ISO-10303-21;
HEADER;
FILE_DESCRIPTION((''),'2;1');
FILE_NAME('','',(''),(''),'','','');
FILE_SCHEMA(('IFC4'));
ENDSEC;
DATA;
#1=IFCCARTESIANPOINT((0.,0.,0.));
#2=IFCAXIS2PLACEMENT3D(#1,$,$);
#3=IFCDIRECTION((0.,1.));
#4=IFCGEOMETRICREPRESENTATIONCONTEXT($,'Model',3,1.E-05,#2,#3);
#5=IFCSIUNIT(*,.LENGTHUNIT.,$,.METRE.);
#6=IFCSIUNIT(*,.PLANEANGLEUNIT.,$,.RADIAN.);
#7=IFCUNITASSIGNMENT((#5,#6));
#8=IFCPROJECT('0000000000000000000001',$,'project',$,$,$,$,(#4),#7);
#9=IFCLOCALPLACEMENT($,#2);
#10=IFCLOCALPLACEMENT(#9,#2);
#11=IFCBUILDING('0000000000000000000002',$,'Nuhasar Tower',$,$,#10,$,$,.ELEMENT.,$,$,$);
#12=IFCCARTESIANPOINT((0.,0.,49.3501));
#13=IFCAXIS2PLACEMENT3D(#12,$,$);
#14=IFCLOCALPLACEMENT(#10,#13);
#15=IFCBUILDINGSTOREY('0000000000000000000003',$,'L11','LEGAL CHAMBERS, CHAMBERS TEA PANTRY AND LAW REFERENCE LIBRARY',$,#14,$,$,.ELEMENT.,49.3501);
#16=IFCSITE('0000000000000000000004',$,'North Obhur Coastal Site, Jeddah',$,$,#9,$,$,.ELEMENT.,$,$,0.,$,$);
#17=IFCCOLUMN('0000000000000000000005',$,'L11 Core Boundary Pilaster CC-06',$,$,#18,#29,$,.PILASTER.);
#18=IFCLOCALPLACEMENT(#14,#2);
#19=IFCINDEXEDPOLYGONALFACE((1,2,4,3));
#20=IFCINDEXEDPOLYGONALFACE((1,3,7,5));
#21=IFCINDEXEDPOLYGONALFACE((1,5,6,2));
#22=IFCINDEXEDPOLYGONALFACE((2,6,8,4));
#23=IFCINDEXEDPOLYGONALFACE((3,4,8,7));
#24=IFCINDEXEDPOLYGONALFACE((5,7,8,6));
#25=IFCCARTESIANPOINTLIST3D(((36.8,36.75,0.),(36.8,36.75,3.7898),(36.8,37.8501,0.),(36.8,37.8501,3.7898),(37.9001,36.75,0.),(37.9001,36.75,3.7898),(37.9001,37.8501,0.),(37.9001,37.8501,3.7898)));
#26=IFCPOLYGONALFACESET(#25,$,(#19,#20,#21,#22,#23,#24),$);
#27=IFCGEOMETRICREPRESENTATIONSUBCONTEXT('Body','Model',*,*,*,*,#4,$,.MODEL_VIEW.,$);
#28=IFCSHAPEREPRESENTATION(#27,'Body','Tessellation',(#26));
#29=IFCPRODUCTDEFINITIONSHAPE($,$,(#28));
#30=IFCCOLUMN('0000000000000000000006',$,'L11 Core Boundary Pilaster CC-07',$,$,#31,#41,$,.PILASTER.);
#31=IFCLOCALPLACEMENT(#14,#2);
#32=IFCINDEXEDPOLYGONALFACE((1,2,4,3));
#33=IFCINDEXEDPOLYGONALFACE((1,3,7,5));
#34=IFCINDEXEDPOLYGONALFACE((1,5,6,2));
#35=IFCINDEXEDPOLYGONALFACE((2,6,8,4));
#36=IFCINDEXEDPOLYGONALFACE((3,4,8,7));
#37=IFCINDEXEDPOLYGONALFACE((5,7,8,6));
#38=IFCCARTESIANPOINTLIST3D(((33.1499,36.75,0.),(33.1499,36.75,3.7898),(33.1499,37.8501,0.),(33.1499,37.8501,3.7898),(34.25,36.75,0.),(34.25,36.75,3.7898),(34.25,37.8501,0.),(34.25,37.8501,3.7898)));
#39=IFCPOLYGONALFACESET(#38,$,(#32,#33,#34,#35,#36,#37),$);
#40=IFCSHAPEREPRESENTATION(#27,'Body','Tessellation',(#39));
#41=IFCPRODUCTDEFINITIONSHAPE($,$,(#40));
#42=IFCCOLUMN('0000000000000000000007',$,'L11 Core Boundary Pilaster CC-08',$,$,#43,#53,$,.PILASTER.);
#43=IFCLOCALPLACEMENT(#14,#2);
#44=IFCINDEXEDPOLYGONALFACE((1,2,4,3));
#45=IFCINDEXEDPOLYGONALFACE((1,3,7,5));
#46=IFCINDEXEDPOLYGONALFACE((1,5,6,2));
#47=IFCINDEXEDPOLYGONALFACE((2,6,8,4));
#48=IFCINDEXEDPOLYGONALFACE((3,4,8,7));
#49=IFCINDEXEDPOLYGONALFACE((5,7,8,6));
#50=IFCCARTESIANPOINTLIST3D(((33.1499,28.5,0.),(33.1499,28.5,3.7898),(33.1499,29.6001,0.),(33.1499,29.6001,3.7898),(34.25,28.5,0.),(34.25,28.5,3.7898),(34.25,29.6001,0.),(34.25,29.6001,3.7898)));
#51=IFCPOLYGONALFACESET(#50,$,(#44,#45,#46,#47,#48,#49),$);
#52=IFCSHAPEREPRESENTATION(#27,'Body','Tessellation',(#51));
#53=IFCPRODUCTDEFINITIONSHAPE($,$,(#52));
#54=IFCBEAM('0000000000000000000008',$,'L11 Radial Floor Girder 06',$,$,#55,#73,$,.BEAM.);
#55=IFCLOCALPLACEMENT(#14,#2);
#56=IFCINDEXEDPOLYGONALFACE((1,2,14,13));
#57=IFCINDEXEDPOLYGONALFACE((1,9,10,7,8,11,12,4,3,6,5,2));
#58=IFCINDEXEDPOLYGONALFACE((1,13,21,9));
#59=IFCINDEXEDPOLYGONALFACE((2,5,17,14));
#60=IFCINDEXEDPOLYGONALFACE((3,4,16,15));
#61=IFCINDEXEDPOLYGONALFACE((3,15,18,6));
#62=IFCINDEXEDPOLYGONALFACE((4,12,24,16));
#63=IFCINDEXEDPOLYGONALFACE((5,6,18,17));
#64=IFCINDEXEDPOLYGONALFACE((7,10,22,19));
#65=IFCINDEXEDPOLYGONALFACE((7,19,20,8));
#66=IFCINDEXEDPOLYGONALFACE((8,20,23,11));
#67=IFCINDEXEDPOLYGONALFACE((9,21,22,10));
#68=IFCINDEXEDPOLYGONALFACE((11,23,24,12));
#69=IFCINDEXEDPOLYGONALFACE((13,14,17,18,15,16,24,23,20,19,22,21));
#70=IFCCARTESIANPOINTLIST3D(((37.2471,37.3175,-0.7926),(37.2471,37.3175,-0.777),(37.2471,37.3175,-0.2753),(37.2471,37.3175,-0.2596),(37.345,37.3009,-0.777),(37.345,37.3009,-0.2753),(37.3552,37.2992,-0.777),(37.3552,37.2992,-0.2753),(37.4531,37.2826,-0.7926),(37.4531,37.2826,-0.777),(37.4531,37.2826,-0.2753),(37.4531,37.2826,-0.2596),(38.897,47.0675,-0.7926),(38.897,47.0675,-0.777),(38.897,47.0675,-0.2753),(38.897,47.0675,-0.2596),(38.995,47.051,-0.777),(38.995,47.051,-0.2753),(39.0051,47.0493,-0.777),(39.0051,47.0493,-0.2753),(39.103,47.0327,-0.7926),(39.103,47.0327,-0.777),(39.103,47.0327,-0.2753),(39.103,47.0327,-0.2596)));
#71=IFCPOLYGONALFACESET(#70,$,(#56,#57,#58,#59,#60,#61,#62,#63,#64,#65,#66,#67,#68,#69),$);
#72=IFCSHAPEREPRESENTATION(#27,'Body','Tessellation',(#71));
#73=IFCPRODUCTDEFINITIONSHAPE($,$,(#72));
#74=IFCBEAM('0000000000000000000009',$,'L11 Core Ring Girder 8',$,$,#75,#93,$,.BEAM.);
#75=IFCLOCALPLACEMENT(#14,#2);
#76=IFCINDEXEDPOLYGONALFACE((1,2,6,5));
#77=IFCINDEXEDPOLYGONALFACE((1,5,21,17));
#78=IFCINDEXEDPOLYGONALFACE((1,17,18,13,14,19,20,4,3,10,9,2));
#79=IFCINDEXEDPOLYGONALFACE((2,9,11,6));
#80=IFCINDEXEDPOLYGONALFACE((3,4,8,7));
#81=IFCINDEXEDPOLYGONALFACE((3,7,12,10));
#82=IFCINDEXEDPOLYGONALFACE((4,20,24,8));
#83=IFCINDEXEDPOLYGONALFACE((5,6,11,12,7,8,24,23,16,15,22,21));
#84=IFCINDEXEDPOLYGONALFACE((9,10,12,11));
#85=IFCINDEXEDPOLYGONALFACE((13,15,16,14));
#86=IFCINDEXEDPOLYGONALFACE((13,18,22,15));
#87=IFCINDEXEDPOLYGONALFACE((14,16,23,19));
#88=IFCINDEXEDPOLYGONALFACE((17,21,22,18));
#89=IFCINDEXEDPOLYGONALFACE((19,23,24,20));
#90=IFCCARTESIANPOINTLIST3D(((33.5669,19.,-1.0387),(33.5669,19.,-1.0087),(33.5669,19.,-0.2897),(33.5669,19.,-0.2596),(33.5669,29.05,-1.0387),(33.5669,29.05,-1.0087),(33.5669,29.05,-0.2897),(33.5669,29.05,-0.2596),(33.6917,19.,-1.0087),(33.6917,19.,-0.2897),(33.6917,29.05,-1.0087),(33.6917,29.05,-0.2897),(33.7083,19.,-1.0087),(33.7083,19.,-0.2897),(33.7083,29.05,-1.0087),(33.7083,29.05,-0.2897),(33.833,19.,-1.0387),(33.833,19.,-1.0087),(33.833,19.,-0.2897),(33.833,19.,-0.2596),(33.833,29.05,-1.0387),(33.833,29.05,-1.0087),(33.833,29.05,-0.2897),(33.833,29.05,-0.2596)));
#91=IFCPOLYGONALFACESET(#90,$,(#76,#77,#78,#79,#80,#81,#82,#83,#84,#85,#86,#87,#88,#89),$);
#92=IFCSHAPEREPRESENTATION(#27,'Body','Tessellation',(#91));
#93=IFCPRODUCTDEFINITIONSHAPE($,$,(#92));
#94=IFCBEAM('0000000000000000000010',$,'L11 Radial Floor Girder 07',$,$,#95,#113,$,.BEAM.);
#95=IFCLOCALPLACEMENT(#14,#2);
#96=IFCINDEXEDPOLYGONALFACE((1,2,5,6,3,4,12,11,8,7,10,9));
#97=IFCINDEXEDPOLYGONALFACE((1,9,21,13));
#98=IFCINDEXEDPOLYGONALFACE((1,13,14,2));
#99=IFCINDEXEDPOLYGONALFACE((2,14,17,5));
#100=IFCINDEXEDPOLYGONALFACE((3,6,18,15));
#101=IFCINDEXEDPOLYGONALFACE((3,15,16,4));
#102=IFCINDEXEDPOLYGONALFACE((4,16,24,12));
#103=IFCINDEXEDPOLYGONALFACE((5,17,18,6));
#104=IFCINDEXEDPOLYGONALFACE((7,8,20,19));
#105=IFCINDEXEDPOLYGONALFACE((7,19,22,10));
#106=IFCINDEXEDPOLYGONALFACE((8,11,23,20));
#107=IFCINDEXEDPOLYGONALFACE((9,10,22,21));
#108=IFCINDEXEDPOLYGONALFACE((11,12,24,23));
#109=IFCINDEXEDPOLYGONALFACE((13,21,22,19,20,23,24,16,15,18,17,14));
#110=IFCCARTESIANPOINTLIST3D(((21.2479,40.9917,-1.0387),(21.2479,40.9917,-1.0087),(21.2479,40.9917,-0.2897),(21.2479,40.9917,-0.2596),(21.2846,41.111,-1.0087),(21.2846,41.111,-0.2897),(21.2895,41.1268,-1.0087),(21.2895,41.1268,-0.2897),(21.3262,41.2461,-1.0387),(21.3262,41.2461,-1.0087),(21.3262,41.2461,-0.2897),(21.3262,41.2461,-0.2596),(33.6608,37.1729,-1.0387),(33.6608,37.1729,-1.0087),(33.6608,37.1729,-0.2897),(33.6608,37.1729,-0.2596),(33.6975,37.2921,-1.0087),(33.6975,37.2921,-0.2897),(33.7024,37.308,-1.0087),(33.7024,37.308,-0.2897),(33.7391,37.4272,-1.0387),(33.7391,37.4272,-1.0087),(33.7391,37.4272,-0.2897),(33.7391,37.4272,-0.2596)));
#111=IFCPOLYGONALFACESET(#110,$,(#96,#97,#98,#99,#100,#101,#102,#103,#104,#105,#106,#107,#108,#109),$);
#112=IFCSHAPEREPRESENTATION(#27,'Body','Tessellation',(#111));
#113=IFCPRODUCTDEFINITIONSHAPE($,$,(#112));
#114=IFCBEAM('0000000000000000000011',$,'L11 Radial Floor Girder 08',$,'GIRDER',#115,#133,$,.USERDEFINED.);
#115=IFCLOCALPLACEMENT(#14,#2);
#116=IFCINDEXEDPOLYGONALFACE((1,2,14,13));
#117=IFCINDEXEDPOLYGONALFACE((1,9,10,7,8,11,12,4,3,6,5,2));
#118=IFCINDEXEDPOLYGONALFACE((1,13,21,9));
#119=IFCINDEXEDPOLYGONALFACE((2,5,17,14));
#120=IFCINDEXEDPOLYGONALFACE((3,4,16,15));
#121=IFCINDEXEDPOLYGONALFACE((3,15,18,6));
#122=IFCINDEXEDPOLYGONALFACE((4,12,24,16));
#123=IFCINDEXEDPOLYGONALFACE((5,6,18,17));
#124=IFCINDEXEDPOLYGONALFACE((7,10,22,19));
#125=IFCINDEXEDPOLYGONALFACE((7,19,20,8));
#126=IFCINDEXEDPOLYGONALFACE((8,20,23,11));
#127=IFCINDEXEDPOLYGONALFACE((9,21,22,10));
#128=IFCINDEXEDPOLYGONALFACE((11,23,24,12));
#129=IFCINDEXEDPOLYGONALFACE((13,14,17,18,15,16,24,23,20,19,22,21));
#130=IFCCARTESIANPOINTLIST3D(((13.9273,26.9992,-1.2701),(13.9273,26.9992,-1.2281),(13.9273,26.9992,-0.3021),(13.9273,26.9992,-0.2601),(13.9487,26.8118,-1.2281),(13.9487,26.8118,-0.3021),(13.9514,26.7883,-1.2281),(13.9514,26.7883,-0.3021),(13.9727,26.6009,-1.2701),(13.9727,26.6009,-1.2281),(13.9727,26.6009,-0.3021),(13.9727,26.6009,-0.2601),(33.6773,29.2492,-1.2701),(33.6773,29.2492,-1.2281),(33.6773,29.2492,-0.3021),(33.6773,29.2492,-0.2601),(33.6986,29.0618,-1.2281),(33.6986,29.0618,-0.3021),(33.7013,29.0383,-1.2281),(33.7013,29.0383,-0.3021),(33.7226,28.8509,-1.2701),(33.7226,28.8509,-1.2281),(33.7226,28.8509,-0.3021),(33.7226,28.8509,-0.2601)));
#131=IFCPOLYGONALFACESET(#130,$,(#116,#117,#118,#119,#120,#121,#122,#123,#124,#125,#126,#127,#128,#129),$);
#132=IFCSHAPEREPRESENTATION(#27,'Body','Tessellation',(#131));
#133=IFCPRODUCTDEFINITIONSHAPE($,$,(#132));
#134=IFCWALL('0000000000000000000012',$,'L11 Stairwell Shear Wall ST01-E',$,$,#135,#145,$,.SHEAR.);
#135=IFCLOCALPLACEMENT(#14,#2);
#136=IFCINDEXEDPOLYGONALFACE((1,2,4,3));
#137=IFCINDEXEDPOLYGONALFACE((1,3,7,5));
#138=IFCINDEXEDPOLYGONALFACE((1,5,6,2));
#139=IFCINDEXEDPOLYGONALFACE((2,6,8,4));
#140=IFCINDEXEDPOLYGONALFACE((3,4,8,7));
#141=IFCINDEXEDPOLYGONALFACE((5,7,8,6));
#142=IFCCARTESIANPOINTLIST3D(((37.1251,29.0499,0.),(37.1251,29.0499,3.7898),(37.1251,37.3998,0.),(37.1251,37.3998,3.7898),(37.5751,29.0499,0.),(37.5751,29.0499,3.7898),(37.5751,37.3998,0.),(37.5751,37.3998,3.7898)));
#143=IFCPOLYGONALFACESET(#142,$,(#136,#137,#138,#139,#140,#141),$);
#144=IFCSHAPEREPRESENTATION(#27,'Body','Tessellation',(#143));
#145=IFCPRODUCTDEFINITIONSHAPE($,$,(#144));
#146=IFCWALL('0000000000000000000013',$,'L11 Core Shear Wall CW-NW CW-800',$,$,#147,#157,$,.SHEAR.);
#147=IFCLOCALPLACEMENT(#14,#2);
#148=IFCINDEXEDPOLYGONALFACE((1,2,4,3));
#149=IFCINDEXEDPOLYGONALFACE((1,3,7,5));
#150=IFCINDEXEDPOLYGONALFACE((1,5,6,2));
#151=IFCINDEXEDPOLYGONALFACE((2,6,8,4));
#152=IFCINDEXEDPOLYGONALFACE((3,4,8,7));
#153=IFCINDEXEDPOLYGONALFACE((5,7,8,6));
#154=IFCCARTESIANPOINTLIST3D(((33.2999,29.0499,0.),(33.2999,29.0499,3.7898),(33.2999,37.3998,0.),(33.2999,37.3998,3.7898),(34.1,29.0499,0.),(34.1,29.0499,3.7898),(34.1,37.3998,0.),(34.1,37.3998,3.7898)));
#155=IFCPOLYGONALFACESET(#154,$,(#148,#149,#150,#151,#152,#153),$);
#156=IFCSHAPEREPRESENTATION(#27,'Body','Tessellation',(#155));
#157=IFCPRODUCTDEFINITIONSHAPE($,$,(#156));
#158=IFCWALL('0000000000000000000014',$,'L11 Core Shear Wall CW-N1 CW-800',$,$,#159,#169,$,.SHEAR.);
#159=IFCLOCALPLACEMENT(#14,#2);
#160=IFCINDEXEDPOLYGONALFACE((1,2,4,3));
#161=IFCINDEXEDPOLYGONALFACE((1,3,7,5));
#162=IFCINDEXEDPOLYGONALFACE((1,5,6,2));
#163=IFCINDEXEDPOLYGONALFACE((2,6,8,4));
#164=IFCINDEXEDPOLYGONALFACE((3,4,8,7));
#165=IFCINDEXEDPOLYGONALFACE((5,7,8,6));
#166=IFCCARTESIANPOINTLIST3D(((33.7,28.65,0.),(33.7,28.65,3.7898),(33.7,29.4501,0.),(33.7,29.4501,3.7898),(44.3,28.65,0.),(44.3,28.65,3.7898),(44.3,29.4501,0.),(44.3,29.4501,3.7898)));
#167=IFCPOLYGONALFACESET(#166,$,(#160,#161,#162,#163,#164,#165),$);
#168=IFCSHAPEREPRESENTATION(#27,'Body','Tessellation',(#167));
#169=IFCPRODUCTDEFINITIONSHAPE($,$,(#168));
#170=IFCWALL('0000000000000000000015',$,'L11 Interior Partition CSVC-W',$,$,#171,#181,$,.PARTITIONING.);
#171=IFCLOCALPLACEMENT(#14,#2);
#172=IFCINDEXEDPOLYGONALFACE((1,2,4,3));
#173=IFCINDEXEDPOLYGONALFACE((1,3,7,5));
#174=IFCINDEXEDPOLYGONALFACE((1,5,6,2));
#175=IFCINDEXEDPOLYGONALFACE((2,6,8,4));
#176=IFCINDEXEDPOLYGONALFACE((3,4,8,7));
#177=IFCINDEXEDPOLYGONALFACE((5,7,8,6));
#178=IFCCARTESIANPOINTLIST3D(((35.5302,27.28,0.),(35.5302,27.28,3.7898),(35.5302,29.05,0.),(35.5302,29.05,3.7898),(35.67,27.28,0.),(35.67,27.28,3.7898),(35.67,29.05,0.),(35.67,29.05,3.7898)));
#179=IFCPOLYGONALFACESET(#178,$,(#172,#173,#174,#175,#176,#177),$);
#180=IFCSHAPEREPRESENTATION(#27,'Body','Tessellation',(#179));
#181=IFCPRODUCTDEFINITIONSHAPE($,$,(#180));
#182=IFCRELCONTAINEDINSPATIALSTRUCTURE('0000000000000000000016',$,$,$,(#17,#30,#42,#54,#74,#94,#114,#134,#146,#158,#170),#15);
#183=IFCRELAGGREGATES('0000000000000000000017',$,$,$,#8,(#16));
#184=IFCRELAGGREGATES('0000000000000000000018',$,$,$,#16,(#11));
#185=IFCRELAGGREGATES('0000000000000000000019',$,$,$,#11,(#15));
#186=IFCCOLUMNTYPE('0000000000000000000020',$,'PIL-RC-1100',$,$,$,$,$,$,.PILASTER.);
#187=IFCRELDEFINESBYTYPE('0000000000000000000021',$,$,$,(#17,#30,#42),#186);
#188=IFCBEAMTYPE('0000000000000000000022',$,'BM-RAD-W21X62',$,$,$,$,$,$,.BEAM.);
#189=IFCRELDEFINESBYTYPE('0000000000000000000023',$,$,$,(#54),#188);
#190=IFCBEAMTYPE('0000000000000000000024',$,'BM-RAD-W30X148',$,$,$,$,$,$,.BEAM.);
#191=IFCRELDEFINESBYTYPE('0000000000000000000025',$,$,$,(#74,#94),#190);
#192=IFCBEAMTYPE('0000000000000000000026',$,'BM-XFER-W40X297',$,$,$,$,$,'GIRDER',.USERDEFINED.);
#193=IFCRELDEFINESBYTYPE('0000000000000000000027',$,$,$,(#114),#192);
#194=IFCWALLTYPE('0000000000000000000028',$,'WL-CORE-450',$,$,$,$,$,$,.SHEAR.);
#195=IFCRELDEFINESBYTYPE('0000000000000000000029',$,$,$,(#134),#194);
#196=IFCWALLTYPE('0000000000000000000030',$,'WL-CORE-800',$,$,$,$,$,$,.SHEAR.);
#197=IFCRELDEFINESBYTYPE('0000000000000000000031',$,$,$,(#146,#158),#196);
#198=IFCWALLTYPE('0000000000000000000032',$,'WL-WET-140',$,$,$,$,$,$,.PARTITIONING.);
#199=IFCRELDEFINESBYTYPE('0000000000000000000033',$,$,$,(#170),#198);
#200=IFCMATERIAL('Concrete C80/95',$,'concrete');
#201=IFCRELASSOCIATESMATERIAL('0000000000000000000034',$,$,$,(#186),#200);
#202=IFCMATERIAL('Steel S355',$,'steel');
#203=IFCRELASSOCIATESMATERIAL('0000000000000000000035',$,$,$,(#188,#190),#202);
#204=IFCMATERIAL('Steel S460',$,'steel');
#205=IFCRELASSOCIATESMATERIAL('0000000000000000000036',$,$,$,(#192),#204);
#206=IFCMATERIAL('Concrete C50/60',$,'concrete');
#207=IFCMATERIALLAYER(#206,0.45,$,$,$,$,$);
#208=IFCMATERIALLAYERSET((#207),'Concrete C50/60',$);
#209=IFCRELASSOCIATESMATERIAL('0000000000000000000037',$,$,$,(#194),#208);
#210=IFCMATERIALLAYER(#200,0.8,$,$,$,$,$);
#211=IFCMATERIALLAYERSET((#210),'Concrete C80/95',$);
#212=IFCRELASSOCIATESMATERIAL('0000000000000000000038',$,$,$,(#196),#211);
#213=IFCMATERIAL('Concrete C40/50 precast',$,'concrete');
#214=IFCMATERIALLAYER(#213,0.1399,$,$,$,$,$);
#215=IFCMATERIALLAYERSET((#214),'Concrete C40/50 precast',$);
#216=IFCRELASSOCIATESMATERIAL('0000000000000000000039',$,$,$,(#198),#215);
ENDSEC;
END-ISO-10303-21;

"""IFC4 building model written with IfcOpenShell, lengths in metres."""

from ifc_helpers import new_model, si_unit, direction, frame, frame_2d, origin, origin_2d, place, context, subcontext, project, spatial, rectangle, i_section, extrude, material, layer, layer_set, material_profile, profile_set, type_object, element, save


model = new_model("IFC4")

# Units and contexts
model_context = context("Model", 3, precision=1e-05, world=origin(), true_north=direction((0.0, 1.0)))
body_context = subcontext(model_context, "Body", "Model", "MODEL_VIEW")
ifc_project = project(units=[si_unit("LENGTHUNIT", "METRE"), si_unit("PLANEANGLEUNIT", "RADIAN")], contexts=[model_context])

# Site, building, storey
site_placement = place(None, origin())
site = spatial("IfcSite", under=ifc_project, at=site_placement, Name="North Obhur Coastal Site, Jeddah", CompositionType="ELEMENT", RefElevation=0.0)
building_placement = place(site_placement, origin())
building = spatial("IfcBuilding", under=site, at=building_placement, Name="Nuhasar Tower", CompositionType="ELEMENT")
storey_placement = place(building_placement, frame((0.0, 0.0, 49.3501)))
storey = spatial("IfcBuildingStorey", under=building, at=storey_placement, Name="L11", Description="LEGAL CHAMBERS, CHAMBERS TEA PANTRY AND LAW REFERENCE LIBRARY", CompositionType="ELEMENT", Elevation=49.3501)

# Columns
ifc_material_1 = material(Name="Concrete C80/95", Category="concrete")
ifc_material_profile_1 = material_profile(ifc_material_1, rectangle(XDim=1.1001, YDim=1.1001, at=origin_2d()), Name="RC1100X1100")
ifc_profile_set_1 = profile_set([ifc_material_profile_1], Name="Concrete C80/95")
column_type = type_object("IfcColumnType", Name="PIL-RC-1100", PredefinedType="PILASTER", material=ifc_profile_set_1)
for number, where, z_axis, x_axis, name in (
    (1, (37.3501, 37.3, 0.0), (0.0, 0.0, 1.0), (1.0, 0.0, 0.0), "L11 Core Boundary Pilaster CC-06"),
    (2, (33.7, 37.3, 0.0), (0.0, 0.0, 1.0), (1.0, 0.0, 0.0), "L11 Core Boundary Pilaster CC-07"),
    (3, (33.7, 29.05, 0.0), (0.0, 0.0, 1.0), (1.0, 0.0, 0.0), "L11 Core Boundary Pilaster CC-08"),
):
    element("IfcColumn", number, at=place(storey_placement, frame(where, z_axis=z_axis, x_axis=x_axis)), inside=storey, type_object=column_type, Name=name, PredefinedType="PILASTER", context=body_context, shape_type="SweptSolid", body=[
        extrude(rectangle(XDim=1.1001, YDim=1.1001, at=origin_2d()), origin(), (0.0, 0.0, 1.0), 3.7898),
    ])

# Beams
ifc_material_2 = material(Name="Steel S355", Category="steel")
ifc_material_profile_2 = material_profile(ifc_material_2, i_section(OverallWidth=0.209, OverallDepth=0.533, WebThickness=0.0103, FlangeThickness=0.0156, at=origin_2d()), Name="W21X62")
ifc_profile_set_2 = profile_set([ifc_material_profile_2], Name="Steel S355")
beam_type_1 = type_object("IfcBeamType", Name="BM-RAD-W21X62", PredefinedType="BEAM", material=ifc_profile_set_2)
beam_1_placement = place(storey_placement, frame((37.3501, 37.3, -0.5261), z_axis=(0.166849, 0.985983, 0.0), x_axis=(-0.985983, 0.166849, 0.0)))
element("IfcBeam", 4, at=beam_1_placement, inside=storey, type_object=beam_type_1, Name="L11 Radial Floor Girder 06", PredefinedType="BEAM", context=body_context, shape_type="SweptSolid", body=[
    extrude(i_section(OverallWidth=0.209, OverallDepth=0.533, WebThickness=0.0103, FlangeThickness=0.0156, at=origin_2d()), origin(), (0.0, 0.0, 1.0), 9.8887),
])
ifc_material_profile_3 = material_profile(ifc_material_2, i_section(OverallWidth=0.2661, OverallDepth=0.7791, WebThickness=0.0166, FlangeThickness=0.03, at=origin_2d()), Name="W30X148")
ifc_profile_set_3 = profile_set([ifc_material_profile_3], Name="Steel S355")
beam_type_2 = type_object("IfcBeamType", Name="BM-RAD-W30X148", PredefinedType="BEAM", material=ifc_profile_set_3)
beam_2_placement = place(storey_placement, frame((33.7, 29.05, -0.6492), z_axis=(0.0, -1.0, 0.0), x_axis=(1.0, 0.0, 0.0)))
element("IfcBeam", 5, at=beam_2_placement, inside=storey, type_object=beam_type_2, Name="L11 Core Ring Girder 8", PredefinedType="BEAM", context=body_context, shape_type="SweptSolid", body=[
    extrude(i_section(OverallWidth=0.2661, OverallDepth=0.7791, WebThickness=0.0166, FlangeThickness=0.03, at=origin_2d()), origin(), (0.0, 0.0, 1.0), 10.05),
])
beam_3_placement = place(storey_placement, frame((33.7, 37.3, -0.6492), z_axis=(-0.95579, 0.294052, 0.0), x_axis=(-0.294052, -0.95579, 0.0)))
element("IfcBeam", 6, at=beam_3_placement, inside=storey, type_object=beam_type_2, Name="L11 Radial Floor Girder 07", PredefinedType="BEAM", context=body_context, shape_type="SweptSolid", body=[
    extrude(i_section(OverallWidth=0.2661, OverallDepth=0.7791, WebThickness=0.0166, FlangeThickness=0.03, at=origin_2d()), origin(), (0.0, 0.0, 1.0), 12.9871),
])
ifc_material_3 = material(Name="Steel S460", Category="steel")
ifc_material_profile_4 = material_profile(ifc_material_3, i_section(OverallWidth=0.4009, OverallDepth=1.01, WebThickness=0.0237, FlangeThickness=0.042, at=origin_2d()), Name="W40X297")
ifc_profile_set_4 = profile_set([ifc_material_profile_4], Name="Steel S460")
beam_type_3 = type_object("IfcBeamType", Name="BM-XFER-W40X297", ElementType="GIRDER", PredefinedType="USERDEFINED", material=ifc_profile_set_4)
beam_4_placement = place(storey_placement, frame((33.7, 29.05, -0.7651), z_axis=(-0.993573, -0.113192, 0.0), x_axis=(0.113192, -0.993573, 0.0)))
element("IfcBeam", 7, at=beam_4_placement, inside=storey, type_object=beam_type_3, Name="L11 Radial Floor Girder 08", ObjectType="GIRDER", PredefinedType="USERDEFINED", context=body_context, shape_type="SweptSolid", body=[
    extrude(i_section(OverallWidth=0.4009, OverallDepth=1.01, WebThickness=0.0237, FlangeThickness=0.042, at=origin_2d()), origin(), (0.0, 0.0, 1.0), 19.8777),
])

# Walls
ifc_material_4 = material(Name="Concrete C50/60", Category="concrete")
ifc_layer_1 = layer(ifc_material_4, 0.45)
ifc_layer_set_1 = layer_set([ifc_layer_1], Name="Concrete C50/60")
wall_type_1 = type_object("IfcWallType", Name="WL-CORE-450", PredefinedType="SHEAR", material=ifc_layer_set_1)
wall_1_placement = place(storey_placement, frame((37.3501, 29.05, 0.0), z_axis=(0.0, 0.0, 1.0), x_axis=(0.0, 1.0, 0.0)))
element("IfcWall", 8, at=wall_1_placement, inside=storey, type_object=wall_type_1, Name="L11 Stairwell Shear Wall ST01-E", PredefinedType="SHEAR", context=body_context, shape_type="SweptSolid", body=[
    extrude(rectangle(XDim=8.3499, YDim=0.45, at=frame_2d((4.1748, 0.0))), origin(), (0.0, 0.0, 1.0), 3.7898),
])
ifc_layer_2 = layer(ifc_material_1, 0.8)
ifc_layer_set_2 = layer_set([ifc_layer_2], Name="Concrete C80/95")
wall_type_2 = type_object("IfcWallType", Name="WL-CORE-800", PredefinedType="SHEAR", material=ifc_layer_set_2)
wall_2_placement = place(storey_placement, frame((33.7, 29.05, 0.0), z_axis=(0.0, 0.0, 1.0), x_axis=(0.0, 1.0, 0.0)))
element("IfcWall", 9, at=wall_2_placement, inside=storey, type_object=wall_type_2, Name="L11 Core Shear Wall CW-NW CW-800", PredefinedType="SHEAR", context=body_context, shape_type="SweptSolid", body=[
    extrude(rectangle(XDim=8.3499, YDim=0.8, at=frame_2d((4.1748, 0.0))), origin(), (0.0, 0.0, 1.0), 3.7898),
])
wall_3_placement = place(storey_placement, frame((33.7, 29.05, 0.0), z_axis=(0.0, 0.0, 1.0), x_axis=(1.0, 0.0, 0.0)))
element("IfcWall", 10, at=wall_3_placement, inside=storey, type_object=wall_type_2, Name="L11 Core Shear Wall CW-N1 CW-800", PredefinedType="SHEAR", context=body_context, shape_type="SweptSolid", body=[
    extrude(rectangle(XDim=10.6001, YDim=0.8, at=frame_2d((5.3, 0.0))), origin(), (0.0, 0.0, 1.0), 3.7898),
])
ifc_material_5 = material(Name="Concrete C40/50 precast", Category="concrete")
ifc_layer_3 = layer(ifc_material_5, 0.1399)
ifc_layer_set_3 = layer_set([ifc_layer_3], Name="Concrete C40/50 precast")
wall_type_3 = type_object("IfcWallType", Name="WL-WET-140", PredefinedType="PARTITIONING", material=ifc_layer_set_3)
wall_4_placement = place(storey_placement, frame((35.6001, 27.28, 0.0), z_axis=(0.0, 0.0, 1.0), x_axis=(0.0, 1.0, 0.0)))
element("IfcWall", 11, at=wall_4_placement, inside=storey, type_object=wall_type_3, Name="L11 Interior Partition CSVC-W", PredefinedType="PARTITIONING", context=body_context, shape_type="SweptSolid", body=[
    extrude(rectangle(XDim=1.77, YDim=0.1399, at=frame_2d((0.885, 0.0))), origin(), (0.0, 0.0, 1.0), 3.7898),
])

save(model, "model.ifc")
